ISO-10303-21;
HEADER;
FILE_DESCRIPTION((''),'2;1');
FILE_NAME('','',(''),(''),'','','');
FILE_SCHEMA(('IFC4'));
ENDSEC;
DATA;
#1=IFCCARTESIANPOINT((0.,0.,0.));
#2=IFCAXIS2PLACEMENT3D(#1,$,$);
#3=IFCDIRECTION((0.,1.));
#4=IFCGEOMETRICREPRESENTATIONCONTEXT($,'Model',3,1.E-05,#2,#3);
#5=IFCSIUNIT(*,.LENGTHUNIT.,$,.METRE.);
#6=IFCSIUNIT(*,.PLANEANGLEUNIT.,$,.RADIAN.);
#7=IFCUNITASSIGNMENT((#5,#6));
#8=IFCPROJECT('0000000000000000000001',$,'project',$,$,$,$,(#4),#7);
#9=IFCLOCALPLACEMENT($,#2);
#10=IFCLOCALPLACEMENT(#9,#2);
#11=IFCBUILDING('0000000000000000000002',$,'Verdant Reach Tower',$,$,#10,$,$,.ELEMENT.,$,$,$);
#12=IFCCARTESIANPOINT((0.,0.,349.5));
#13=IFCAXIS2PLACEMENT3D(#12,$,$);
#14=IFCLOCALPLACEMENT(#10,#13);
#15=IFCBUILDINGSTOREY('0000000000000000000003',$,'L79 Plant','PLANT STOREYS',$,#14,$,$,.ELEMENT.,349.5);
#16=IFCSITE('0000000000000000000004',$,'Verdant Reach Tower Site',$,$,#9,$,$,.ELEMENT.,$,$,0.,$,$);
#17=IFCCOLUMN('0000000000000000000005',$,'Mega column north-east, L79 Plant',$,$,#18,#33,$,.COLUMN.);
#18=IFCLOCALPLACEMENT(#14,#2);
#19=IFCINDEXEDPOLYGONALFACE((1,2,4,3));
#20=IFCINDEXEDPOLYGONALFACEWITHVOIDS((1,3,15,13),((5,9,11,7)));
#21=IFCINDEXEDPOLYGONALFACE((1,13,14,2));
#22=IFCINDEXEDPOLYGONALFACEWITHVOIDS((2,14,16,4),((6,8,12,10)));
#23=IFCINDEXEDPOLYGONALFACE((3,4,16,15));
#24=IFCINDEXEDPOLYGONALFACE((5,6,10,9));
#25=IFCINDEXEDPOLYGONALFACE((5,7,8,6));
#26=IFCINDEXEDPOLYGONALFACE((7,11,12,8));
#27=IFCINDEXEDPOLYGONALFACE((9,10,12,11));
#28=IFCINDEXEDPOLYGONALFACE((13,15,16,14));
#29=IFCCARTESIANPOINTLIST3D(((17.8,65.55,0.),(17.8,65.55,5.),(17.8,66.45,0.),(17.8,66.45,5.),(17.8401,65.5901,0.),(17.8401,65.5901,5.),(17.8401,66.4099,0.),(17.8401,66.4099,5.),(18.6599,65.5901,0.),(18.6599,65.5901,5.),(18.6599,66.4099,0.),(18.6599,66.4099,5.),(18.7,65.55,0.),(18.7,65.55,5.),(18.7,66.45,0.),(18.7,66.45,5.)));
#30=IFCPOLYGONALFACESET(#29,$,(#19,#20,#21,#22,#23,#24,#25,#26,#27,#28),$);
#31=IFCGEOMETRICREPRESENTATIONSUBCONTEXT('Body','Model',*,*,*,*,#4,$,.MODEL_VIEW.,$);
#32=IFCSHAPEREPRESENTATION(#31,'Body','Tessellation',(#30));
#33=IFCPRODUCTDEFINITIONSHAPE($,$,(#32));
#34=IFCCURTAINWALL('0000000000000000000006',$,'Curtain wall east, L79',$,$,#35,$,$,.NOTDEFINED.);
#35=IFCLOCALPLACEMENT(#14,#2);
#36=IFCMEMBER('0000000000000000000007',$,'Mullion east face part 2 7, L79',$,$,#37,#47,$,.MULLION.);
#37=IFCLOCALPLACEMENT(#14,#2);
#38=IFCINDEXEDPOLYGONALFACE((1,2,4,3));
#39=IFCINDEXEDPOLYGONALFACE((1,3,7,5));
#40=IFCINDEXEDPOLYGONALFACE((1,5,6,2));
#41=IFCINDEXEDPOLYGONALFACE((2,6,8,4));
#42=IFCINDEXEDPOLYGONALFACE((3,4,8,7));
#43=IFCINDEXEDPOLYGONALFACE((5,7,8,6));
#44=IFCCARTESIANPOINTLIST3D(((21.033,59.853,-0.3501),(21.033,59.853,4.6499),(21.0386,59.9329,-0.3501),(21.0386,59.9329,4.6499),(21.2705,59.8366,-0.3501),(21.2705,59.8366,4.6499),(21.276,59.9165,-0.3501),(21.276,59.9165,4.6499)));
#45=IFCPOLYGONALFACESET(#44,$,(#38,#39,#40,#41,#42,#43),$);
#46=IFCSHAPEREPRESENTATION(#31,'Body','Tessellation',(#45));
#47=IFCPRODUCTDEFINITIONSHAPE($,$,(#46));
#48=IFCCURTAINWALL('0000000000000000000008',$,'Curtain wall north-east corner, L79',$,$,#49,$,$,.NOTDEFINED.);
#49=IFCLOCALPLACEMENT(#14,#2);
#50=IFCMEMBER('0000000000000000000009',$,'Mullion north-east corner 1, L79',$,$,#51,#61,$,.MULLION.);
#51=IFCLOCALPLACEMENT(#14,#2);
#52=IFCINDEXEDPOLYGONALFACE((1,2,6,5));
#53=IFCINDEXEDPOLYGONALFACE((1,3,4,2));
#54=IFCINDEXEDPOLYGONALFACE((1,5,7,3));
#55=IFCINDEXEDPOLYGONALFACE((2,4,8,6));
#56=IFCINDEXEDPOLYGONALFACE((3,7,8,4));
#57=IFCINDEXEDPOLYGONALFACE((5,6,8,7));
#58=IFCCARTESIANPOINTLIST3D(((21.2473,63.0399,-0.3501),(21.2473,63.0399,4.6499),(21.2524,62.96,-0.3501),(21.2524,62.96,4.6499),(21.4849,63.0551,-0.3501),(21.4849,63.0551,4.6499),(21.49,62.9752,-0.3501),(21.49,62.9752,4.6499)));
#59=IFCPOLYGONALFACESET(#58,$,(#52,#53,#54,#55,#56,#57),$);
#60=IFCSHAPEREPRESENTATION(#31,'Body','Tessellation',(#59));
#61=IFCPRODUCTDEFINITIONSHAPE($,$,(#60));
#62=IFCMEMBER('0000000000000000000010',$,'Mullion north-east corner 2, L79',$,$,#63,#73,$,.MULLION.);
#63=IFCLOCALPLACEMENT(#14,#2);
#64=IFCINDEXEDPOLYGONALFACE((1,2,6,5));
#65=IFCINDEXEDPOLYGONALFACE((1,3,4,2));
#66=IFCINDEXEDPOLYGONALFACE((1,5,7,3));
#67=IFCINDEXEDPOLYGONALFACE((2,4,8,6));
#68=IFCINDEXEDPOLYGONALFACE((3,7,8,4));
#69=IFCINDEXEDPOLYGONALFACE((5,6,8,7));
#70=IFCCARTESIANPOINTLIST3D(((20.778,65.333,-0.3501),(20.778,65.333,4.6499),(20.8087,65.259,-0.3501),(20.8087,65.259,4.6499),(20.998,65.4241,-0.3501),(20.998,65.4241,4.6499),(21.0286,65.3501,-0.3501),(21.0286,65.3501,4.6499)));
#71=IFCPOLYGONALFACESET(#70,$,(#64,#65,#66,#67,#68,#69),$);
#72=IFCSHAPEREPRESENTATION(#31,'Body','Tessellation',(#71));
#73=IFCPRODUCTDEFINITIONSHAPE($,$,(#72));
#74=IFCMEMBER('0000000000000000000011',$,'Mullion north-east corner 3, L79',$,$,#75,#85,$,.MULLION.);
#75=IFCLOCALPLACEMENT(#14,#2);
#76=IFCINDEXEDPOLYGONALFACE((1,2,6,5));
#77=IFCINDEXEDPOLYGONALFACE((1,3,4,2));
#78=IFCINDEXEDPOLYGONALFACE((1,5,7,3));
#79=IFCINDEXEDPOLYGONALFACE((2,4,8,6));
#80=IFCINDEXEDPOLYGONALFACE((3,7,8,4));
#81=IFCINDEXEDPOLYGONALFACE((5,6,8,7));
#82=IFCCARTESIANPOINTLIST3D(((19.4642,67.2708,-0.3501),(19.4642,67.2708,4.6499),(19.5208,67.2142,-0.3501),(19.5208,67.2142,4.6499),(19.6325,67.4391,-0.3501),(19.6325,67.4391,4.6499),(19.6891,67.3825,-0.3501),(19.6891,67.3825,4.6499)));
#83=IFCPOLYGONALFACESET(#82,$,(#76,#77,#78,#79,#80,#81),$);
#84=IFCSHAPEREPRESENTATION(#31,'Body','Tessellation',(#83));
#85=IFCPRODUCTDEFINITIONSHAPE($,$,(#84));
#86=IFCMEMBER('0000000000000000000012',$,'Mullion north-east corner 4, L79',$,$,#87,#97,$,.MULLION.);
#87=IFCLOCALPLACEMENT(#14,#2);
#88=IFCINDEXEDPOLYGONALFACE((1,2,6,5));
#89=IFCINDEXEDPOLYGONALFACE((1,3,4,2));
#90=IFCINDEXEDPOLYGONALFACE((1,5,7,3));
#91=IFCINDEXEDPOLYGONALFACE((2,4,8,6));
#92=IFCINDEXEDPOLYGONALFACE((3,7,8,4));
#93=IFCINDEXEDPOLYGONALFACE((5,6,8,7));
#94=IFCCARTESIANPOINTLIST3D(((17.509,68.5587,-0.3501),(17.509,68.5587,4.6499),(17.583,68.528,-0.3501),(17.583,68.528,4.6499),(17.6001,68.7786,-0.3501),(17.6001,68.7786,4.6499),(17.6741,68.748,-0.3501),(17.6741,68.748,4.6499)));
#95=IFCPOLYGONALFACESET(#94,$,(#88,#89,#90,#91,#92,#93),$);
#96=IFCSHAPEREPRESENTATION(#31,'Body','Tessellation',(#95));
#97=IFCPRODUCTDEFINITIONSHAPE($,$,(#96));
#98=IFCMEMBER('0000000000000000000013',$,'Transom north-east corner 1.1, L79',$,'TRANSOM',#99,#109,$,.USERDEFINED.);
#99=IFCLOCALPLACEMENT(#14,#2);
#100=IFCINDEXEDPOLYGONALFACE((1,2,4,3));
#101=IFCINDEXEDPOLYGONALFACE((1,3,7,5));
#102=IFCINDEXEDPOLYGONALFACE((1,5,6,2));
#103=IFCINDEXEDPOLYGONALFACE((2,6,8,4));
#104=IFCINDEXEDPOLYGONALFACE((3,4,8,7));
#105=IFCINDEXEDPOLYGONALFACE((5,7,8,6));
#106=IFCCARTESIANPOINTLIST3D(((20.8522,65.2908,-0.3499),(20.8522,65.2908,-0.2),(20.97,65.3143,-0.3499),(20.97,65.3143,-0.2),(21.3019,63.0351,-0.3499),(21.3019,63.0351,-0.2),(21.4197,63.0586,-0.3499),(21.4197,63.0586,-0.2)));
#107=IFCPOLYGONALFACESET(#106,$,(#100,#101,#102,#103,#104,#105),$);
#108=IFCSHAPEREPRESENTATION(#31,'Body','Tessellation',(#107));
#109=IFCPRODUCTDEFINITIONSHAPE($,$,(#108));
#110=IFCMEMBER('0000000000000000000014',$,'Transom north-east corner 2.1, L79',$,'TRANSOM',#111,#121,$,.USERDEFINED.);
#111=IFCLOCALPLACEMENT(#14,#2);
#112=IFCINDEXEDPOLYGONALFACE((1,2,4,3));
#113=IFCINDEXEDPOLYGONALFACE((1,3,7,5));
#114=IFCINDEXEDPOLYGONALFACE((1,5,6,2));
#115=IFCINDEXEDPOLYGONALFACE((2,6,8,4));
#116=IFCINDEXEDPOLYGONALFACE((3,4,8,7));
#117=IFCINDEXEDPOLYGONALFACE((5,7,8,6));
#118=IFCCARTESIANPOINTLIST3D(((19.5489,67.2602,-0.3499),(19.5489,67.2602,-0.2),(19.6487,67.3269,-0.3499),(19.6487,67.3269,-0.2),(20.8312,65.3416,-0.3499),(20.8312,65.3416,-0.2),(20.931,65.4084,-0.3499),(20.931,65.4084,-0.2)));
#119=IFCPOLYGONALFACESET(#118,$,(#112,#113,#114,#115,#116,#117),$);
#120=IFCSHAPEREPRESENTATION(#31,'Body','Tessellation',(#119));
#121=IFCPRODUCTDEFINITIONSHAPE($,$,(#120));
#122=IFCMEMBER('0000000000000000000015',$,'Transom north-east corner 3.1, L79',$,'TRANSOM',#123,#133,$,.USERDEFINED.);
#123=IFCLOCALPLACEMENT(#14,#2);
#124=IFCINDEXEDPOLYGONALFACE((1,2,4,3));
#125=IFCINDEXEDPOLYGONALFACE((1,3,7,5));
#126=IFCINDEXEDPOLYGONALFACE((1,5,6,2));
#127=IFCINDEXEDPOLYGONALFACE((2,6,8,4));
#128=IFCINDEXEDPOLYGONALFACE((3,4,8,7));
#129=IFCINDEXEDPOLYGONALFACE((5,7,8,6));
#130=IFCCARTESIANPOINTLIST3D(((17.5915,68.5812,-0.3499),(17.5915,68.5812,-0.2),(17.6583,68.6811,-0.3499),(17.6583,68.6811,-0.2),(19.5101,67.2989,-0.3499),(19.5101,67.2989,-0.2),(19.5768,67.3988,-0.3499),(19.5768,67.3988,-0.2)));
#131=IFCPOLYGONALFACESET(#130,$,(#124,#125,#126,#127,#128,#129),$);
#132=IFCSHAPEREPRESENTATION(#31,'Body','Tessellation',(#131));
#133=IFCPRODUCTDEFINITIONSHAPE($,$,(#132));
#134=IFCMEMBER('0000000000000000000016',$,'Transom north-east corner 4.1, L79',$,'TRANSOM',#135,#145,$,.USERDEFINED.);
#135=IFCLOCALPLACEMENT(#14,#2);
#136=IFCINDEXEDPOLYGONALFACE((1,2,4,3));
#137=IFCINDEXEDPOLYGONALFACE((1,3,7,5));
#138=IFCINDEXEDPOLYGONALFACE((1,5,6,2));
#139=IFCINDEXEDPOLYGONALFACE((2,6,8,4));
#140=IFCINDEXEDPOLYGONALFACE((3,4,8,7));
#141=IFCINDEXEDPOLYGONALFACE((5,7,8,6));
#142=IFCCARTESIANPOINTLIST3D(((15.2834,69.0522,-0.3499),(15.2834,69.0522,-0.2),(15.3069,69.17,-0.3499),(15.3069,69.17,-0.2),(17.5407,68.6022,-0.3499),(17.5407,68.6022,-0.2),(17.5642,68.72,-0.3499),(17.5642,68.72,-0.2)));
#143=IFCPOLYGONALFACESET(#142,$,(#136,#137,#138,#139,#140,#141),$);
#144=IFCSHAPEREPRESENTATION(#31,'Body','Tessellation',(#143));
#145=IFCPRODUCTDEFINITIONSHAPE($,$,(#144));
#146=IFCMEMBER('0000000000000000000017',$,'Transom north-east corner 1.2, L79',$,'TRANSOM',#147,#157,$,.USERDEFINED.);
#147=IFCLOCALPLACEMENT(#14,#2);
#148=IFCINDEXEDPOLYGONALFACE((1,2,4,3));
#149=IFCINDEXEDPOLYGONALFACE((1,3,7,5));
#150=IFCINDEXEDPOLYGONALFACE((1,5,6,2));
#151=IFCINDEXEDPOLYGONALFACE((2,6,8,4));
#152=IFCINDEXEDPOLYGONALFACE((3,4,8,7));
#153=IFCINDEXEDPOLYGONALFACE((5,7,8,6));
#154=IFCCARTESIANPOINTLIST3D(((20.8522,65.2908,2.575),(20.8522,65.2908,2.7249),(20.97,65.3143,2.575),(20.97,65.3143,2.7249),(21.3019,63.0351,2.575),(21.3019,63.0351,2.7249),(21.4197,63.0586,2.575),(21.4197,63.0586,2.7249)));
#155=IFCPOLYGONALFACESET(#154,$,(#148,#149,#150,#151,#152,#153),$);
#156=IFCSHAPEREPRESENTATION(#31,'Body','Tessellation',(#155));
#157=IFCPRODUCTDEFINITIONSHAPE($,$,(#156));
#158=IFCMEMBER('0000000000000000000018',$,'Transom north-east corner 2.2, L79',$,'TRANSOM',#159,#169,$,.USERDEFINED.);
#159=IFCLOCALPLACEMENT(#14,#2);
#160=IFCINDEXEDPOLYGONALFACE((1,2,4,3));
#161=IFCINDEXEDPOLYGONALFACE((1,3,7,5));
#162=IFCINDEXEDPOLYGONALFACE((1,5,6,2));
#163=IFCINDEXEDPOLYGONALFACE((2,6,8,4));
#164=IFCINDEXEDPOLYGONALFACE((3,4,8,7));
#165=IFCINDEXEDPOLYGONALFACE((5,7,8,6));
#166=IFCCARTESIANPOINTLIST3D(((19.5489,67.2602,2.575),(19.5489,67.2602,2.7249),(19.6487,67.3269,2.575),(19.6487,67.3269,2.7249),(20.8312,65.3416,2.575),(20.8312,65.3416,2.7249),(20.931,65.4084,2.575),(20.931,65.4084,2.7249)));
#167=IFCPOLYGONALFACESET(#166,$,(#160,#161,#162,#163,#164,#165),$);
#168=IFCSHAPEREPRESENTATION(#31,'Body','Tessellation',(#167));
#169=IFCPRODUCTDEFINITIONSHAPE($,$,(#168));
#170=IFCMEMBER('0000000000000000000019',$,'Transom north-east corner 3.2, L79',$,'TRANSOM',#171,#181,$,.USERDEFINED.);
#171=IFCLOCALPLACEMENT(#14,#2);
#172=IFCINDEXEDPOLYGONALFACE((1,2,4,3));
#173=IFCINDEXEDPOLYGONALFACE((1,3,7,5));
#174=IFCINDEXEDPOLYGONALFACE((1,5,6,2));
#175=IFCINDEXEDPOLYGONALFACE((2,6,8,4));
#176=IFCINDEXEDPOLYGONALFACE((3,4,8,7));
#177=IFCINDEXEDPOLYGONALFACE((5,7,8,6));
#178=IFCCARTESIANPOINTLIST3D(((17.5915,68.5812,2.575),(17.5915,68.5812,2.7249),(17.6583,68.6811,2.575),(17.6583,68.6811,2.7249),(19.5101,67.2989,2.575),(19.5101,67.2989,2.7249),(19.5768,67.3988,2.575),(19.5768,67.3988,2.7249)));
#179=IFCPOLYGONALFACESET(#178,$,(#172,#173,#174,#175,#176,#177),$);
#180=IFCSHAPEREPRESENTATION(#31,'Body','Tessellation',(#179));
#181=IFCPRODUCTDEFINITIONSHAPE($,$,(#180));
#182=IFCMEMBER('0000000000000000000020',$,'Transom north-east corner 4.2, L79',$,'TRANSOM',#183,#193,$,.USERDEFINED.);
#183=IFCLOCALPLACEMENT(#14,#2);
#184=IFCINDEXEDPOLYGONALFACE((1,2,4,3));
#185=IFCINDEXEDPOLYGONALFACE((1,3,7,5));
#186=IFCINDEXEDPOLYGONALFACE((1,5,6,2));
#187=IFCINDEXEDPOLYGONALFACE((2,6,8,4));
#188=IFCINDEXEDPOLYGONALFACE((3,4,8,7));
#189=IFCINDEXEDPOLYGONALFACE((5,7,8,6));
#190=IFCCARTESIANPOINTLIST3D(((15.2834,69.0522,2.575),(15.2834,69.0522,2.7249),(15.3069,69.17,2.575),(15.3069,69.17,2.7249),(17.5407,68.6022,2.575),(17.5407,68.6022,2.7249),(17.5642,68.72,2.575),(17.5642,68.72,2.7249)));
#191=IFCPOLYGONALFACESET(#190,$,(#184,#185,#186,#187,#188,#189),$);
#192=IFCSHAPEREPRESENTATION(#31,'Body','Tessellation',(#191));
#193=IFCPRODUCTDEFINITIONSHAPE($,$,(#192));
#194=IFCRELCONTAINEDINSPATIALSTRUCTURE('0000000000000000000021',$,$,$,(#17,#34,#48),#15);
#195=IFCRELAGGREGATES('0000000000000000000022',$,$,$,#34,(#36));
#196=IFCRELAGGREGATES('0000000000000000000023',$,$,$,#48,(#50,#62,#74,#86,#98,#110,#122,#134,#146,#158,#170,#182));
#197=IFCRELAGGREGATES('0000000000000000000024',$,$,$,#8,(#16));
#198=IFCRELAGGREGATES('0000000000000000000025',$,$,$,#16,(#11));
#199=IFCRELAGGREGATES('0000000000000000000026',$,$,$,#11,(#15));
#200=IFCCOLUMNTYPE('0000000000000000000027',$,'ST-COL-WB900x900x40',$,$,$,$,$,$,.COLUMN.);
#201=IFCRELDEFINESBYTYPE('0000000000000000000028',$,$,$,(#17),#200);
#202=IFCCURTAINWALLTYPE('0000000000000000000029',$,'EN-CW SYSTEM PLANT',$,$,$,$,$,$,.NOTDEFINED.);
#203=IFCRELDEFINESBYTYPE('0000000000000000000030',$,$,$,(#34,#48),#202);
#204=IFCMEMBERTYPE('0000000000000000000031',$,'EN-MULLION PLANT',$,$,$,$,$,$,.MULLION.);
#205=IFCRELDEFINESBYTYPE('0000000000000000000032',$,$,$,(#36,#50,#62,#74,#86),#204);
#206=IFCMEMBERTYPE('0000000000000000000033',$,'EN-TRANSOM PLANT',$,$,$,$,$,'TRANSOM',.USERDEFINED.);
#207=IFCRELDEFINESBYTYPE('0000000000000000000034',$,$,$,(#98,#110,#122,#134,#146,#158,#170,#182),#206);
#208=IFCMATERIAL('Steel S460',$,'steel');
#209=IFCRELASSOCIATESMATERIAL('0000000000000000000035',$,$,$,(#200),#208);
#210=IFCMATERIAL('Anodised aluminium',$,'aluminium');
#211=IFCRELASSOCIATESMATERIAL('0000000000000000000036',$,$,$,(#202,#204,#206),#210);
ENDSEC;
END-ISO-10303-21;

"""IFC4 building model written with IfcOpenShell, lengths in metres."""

from ifc_helpers import new_model, si_unit, direction, frame, origin, origin_2d, place, context, subcontext, project, spatial, rectangle, hollow_rectangle, extrude, material, material_profile, profile_set, type_object, element, aggregate, save


model = new_model("IFC4")

# Units and contexts
model_context = context("Model", 3, precision=1e-05, world=origin(), true_north=direction((0.0, 1.0)))
body_context = subcontext(model_context, "Body", "Model", "MODEL_VIEW")
ifc_project = project(units=[si_unit("LENGTHUNIT", "METRE"), si_unit("PLANEANGLEUNIT", "RADIAN")], contexts=[model_context])

# Site, building, storey
site_placement = place(None, origin())
site = spatial("IfcSite", under=ifc_project, at=site_placement, Name="Verdant Reach Tower Site", CompositionType="ELEMENT", RefElevation=0.0)
building_placement = place(site_placement, origin())
building = spatial("IfcBuilding", under=site, at=building_placement, Name="Verdant Reach Tower", CompositionType="ELEMENT")
storey_placement = place(building_placement, frame((0.0, 0.0, 349.5)))
storey = spatial("IfcBuildingStorey", under=building, at=storey_placement, Name="L79 Plant", Description="PLANT STOREYS", CompositionType="ELEMENT", Elevation=349.5)

# Column
ifc_material_1 = material(Name="Steel S460", Category="steel")
ifc_material_profile_1 = material_profile(ifc_material_1, hollow_rectangle(XDim=0.8999, YDim=0.8999, WallThickness=0.04, at=origin_2d()), Name="WB 900x900x40")
ifc_profile_set_1 = profile_set([ifc_material_profile_1], Name="Steel S460")
column_type = type_object("IfcColumnType", Name="ST-COL-WB900x900x40", PredefinedType="COLUMN", material=ifc_profile_set_1)
column_placement = place(storey_placement, frame((18.25, 66.0, 0.0), z_axis=(0.0, 0.0, 1.0), x_axis=(1.0, 0.0, 0.0)))
element("IfcColumn", 1, at=column_placement, inside=storey, type_object=column_type, Name="Mega column north-east, L79 Plant", PredefinedType="COLUMN", context=body_context, shape_type="SweptSolid", body=[
    extrude(hollow_rectangle(XDim=0.8999, YDim=0.8999, WallThickness=0.04, at=origin_2d()), origin(), (0.0, 0.0, 1.0), 5.0),
])

# Curtain wall, member
ifc_material_2 = material(Name="Anodised aluminium", Category="aluminium")
curtain_wall_type = type_object("IfcCurtainWallType", Name="EN-CW SYSTEM PLANT", PredefinedType="NOTDEFINED", material=ifc_material_2)
curtain_wall_1_placement = place(storey_placement, origin())
curtain_wall_1 = element("IfcCurtainWall", 2, at=curtain_wall_1_placement, inside=storey, type_object=curtain_wall_type, Name="Curtain wall east, L79", PredefinedType="NOTDEFINED")
ifc_material_profile_2 = material_profile(ifc_material_2, rectangle(XDim=0.238, YDim=0.0801, at=origin_2d()), Name="Mullion 80x240")
ifc_profile_set_2 = profile_set([ifc_material_profile_2], Name="Anodised aluminium")
member_type_1 = type_object("IfcMemberType", Name="EN-MULLION PLANT", PredefinedType="MULLION", material=ifc_profile_set_2)
member_1_placement = place(storey_placement, frame((21.1545, 59.8848, -0.3501), z_axis=(0.0, 0.0, 1.0), x_axis=(0.99763, -0.068802, 0.0)))
member_1 = element("IfcMember", 3, at=member_1_placement, type_object=member_type_1, Name="Mullion east face part 2 7, L79", PredefinedType="MULLION", context=body_context, shape_type="SweptSolid", body=[
    extrude(rectangle(XDim=0.238, YDim=0.0801, at=origin_2d()), origin(), (0.0, 0.0, 1.0), 5.0),
])

# Curtain wall, members
curtain_wall_2_placement = place(storey_placement, origin())
curtain_wall_2 = element("IfcCurtainWall", 4, at=curtain_wall_2_placement, inside=storey, type_object=curtain_wall_type, Name="Curtain wall north-east corner, L79", PredefinedType="NOTDEFINED")
member_2_placement = place(storey_placement, frame((21.3687, 63.0076, -0.3501), z_axis=(0.0, 0.0, 1.0), x_axis=(0.997969, 0.063699, 0.0)))
member_2 = element("IfcMember", 5, at=member_2_placement, type_object=member_type_1, Name="Mullion north-east corner 1, L79", PredefinedType="MULLION", context=body_context, shape_type="SweptSolid", body=[
    extrude(rectangle(XDim=0.238, YDim=0.0801, at=origin_2d()), origin(), (0.0, 0.0, 1.0), 5.0),
])
member_3_placement = place(storey_placement, frame((20.9033, 65.3416, -0.3501), z_axis=(0.0, 0.0, 1.0), x_axis=(0.923875, 0.382694, 0.0)))
member_3 = element("IfcMember", 6, at=member_3_placement, type_object=member_type_1, Name="Mullion north-east corner 2, L79", PredefinedType="MULLION", context=body_context, shape_type="SweptSolid", body=[
    extrude(rectangle(XDim=0.238, YDim=0.0801, at=origin_2d()), origin(), (0.0, 0.0, 1.0), 5.0),
])
member_4_placement = place(storey_placement, frame((19.5767, 67.3267, -0.3501), z_axis=(0.0, 0.0, 1.0), x_axis=(0.707107, 0.707107, 0.0)))
member_4 = element("IfcMember", 7, at=member_4_placement, type_object=member_type_1, Name="Mullion north-east corner 3, L79", PredefinedType="MULLION", context=body_context, shape_type="SweptSolid", body=[
    extrude(rectangle(XDim=0.238, YDim=0.0801, at=origin_2d()), origin(), (0.0, 0.0, 1.0), 5.0),
])
member_5_placement = place(storey_placement, frame((17.5916, 68.6533, -0.3501), z_axis=(0.0, 0.0, 1.0), x_axis=(0.382694, 0.923875, 0.0)))
member_5 = element("IfcMember", 8, at=member_5_placement, type_object=member_type_1, Name="Mullion north-east corner 4, L79", PredefinedType="MULLION", context=body_context, shape_type="SweptSolid", body=[
    extrude(rectangle(XDim=0.238, YDim=0.0801, at=origin_2d()), origin(), (0.0, 0.0, 1.0), 5.0),
])
ifc_material_profile_3 = material_profile(ifc_material_2, rectangle(XDim=0.1201, YDim=0.1499, at=origin_2d()), Name="Transom 150x120")
ifc_profile_set_3 = profile_set([ifc_material_profile_3], Name="Anodised aluminium")
member_type_2 = type_object("IfcMemberType", Name="EN-TRANSOM PLANT", ElementType="TRANSOM", PredefinedType="USERDEFINED", material=ifc_profile_set_3)
member_6_placement = place(storey_placement, frame((21.3608, 63.0469, -0.2749), z_axis=(-0.195524, 0.980699, 0.0), x_axis=(-0.980699, -0.195524, 0.0)))
member_6 = element("IfcMember", 9, at=member_6_placement, type_object=member_type_2, Name="Transom north-east corner 1.1, L79", ObjectType="TRANSOM", PredefinedType="USERDEFINED", context=body_context, shape_type="SweptSolid", body=[
    extrude(rectangle(XDim=0.1201, YDim=0.1499, at=origin_2d()), origin(), (0.0, 0.0, 1.0), 2.3),
])
member_7_placement = place(storey_placement, frame((20.8811, 65.375, -0.2749), z_axis=(-0.555676, 0.831399, 0.0), x_axis=(-0.831399, -0.555676, 0.0)))
member_7 = element("IfcMember", 10, at=member_7_placement, type_object=member_type_2, Name="Transom north-east corner 2.1, L79", ObjectType="TRANSOM", PredefinedType="USERDEFINED", context=body_context, shape_type="SweptSolid", body=[
    extrude(rectangle(XDim=0.1201, YDim=0.1499, at=origin_2d()), origin(), (0.0, 0.0, 1.0), 2.3076),
])
member_8_placement = place(storey_placement, frame((19.5435, 67.3489, -0.2749), z_axis=(-0.831399, 0.555676, 0.0), x_axis=(-0.555676, -0.831399, 0.0)))
member_8 = element("IfcMember", 11, at=member_8_placement, type_object=member_type_2, Name="Transom north-east corner 3.1, L79", ObjectType="TRANSOM", PredefinedType="USERDEFINED", context=body_context, shape_type="SweptSolid", body=[
    extrude(rectangle(XDim=0.1201, YDim=0.1499, at=origin_2d()), origin(), (0.0, 0.0, 1.0), 2.3076),
])
member_9_placement = place(storey_placement, frame((17.5525, 68.6611, -0.2749), z_axis=(-0.980707, 0.195484, 0.0), x_axis=(-0.195484, -0.980707, 0.0)))
member_9 = element("IfcMember", 12, at=member_9_placement, type_object=member_type_2, Name="Transom north-east corner 4.1, L79", ObjectType="TRANSOM", PredefinedType="USERDEFINED", context=body_context, shape_type="SweptSolid", body=[
    extrude(rectangle(XDim=0.1201, YDim=0.1499, at=origin_2d()), origin(), (0.0, 0.0, 1.0), 2.3018),
])
member_10_placement = place(storey_placement, frame((21.3608, 63.0469, 2.6499), z_axis=(-0.195524, 0.980699, 0.0), x_axis=(-0.980699, -0.195524, 0.0)))
member_10 = element("IfcMember", 13, at=member_10_placement, type_object=member_type_2, Name="Transom north-east corner 1.2, L79", ObjectType="TRANSOM", PredefinedType="USERDEFINED", context=body_context, shape_type="SweptSolid", body=[
    extrude(rectangle(XDim=0.1201, YDim=0.1499, at=origin_2d()), origin(), (0.0, 0.0, 1.0), 2.3),
])
member_11_placement = place(storey_placement, frame((20.8811, 65.375, 2.6499), z_axis=(-0.555676, 0.831399, 0.0), x_axis=(-0.831399, -0.555676, 0.0)))
member_11 = element("IfcMember", 14, at=member_11_placement, type_object=member_type_2, Name="Transom north-east corner 2.2, L79", ObjectType="TRANSOM", PredefinedType="USERDEFINED", context=body_context, shape_type="SweptSolid", body=[
    extrude(rectangle(XDim=0.1201, YDim=0.1499, at=origin_2d()), origin(), (0.0, 0.0, 1.0), 2.3076),
])
member_12_placement = place(storey_placement, frame((19.5435, 67.3489, 2.6499), z_axis=(-0.831399, 0.555676, 0.0), x_axis=(-0.555676, -0.831399, 0.0)))
member_12 = element("IfcMember", 15, at=member_12_placement, type_object=member_type_2, Name="Transom north-east corner 3.2, L79", ObjectType="TRANSOM", PredefinedType="USERDEFINED", context=body_context, shape_type="SweptSolid", body=[
    extrude(rectangle(XDim=0.1201, YDim=0.1499, at=origin_2d()), origin(), (0.0, 0.0, 1.0), 2.3076),
])
member_13_placement = place(storey_placement, frame((17.5525, 68.6611, 2.6499), z_axis=(-0.980707, 0.195484, 0.0), x_axis=(-0.195484, -0.980707, 0.0)))
member_13 = element("IfcMember", 16, at=member_13_placement, type_object=member_type_2, Name="Transom north-east corner 4.2, L79", ObjectType="TRANSOM", PredefinedType="USERDEFINED", context=body_context, shape_type="SweptSolid", body=[
    extrude(rectangle(XDim=0.1201, YDim=0.1499, at=origin_2d()), origin(), (0.0, 0.0, 1.0), 2.3018),
])

aggregate(curtain_wall_1, [member_1])
aggregate(curtain_wall_2, [member_2, member_3, member_4, member_5, member_6, member_7, member_8, member_9, member_10, member_11, member_12, member_13])

save(model, "model.ifc")
